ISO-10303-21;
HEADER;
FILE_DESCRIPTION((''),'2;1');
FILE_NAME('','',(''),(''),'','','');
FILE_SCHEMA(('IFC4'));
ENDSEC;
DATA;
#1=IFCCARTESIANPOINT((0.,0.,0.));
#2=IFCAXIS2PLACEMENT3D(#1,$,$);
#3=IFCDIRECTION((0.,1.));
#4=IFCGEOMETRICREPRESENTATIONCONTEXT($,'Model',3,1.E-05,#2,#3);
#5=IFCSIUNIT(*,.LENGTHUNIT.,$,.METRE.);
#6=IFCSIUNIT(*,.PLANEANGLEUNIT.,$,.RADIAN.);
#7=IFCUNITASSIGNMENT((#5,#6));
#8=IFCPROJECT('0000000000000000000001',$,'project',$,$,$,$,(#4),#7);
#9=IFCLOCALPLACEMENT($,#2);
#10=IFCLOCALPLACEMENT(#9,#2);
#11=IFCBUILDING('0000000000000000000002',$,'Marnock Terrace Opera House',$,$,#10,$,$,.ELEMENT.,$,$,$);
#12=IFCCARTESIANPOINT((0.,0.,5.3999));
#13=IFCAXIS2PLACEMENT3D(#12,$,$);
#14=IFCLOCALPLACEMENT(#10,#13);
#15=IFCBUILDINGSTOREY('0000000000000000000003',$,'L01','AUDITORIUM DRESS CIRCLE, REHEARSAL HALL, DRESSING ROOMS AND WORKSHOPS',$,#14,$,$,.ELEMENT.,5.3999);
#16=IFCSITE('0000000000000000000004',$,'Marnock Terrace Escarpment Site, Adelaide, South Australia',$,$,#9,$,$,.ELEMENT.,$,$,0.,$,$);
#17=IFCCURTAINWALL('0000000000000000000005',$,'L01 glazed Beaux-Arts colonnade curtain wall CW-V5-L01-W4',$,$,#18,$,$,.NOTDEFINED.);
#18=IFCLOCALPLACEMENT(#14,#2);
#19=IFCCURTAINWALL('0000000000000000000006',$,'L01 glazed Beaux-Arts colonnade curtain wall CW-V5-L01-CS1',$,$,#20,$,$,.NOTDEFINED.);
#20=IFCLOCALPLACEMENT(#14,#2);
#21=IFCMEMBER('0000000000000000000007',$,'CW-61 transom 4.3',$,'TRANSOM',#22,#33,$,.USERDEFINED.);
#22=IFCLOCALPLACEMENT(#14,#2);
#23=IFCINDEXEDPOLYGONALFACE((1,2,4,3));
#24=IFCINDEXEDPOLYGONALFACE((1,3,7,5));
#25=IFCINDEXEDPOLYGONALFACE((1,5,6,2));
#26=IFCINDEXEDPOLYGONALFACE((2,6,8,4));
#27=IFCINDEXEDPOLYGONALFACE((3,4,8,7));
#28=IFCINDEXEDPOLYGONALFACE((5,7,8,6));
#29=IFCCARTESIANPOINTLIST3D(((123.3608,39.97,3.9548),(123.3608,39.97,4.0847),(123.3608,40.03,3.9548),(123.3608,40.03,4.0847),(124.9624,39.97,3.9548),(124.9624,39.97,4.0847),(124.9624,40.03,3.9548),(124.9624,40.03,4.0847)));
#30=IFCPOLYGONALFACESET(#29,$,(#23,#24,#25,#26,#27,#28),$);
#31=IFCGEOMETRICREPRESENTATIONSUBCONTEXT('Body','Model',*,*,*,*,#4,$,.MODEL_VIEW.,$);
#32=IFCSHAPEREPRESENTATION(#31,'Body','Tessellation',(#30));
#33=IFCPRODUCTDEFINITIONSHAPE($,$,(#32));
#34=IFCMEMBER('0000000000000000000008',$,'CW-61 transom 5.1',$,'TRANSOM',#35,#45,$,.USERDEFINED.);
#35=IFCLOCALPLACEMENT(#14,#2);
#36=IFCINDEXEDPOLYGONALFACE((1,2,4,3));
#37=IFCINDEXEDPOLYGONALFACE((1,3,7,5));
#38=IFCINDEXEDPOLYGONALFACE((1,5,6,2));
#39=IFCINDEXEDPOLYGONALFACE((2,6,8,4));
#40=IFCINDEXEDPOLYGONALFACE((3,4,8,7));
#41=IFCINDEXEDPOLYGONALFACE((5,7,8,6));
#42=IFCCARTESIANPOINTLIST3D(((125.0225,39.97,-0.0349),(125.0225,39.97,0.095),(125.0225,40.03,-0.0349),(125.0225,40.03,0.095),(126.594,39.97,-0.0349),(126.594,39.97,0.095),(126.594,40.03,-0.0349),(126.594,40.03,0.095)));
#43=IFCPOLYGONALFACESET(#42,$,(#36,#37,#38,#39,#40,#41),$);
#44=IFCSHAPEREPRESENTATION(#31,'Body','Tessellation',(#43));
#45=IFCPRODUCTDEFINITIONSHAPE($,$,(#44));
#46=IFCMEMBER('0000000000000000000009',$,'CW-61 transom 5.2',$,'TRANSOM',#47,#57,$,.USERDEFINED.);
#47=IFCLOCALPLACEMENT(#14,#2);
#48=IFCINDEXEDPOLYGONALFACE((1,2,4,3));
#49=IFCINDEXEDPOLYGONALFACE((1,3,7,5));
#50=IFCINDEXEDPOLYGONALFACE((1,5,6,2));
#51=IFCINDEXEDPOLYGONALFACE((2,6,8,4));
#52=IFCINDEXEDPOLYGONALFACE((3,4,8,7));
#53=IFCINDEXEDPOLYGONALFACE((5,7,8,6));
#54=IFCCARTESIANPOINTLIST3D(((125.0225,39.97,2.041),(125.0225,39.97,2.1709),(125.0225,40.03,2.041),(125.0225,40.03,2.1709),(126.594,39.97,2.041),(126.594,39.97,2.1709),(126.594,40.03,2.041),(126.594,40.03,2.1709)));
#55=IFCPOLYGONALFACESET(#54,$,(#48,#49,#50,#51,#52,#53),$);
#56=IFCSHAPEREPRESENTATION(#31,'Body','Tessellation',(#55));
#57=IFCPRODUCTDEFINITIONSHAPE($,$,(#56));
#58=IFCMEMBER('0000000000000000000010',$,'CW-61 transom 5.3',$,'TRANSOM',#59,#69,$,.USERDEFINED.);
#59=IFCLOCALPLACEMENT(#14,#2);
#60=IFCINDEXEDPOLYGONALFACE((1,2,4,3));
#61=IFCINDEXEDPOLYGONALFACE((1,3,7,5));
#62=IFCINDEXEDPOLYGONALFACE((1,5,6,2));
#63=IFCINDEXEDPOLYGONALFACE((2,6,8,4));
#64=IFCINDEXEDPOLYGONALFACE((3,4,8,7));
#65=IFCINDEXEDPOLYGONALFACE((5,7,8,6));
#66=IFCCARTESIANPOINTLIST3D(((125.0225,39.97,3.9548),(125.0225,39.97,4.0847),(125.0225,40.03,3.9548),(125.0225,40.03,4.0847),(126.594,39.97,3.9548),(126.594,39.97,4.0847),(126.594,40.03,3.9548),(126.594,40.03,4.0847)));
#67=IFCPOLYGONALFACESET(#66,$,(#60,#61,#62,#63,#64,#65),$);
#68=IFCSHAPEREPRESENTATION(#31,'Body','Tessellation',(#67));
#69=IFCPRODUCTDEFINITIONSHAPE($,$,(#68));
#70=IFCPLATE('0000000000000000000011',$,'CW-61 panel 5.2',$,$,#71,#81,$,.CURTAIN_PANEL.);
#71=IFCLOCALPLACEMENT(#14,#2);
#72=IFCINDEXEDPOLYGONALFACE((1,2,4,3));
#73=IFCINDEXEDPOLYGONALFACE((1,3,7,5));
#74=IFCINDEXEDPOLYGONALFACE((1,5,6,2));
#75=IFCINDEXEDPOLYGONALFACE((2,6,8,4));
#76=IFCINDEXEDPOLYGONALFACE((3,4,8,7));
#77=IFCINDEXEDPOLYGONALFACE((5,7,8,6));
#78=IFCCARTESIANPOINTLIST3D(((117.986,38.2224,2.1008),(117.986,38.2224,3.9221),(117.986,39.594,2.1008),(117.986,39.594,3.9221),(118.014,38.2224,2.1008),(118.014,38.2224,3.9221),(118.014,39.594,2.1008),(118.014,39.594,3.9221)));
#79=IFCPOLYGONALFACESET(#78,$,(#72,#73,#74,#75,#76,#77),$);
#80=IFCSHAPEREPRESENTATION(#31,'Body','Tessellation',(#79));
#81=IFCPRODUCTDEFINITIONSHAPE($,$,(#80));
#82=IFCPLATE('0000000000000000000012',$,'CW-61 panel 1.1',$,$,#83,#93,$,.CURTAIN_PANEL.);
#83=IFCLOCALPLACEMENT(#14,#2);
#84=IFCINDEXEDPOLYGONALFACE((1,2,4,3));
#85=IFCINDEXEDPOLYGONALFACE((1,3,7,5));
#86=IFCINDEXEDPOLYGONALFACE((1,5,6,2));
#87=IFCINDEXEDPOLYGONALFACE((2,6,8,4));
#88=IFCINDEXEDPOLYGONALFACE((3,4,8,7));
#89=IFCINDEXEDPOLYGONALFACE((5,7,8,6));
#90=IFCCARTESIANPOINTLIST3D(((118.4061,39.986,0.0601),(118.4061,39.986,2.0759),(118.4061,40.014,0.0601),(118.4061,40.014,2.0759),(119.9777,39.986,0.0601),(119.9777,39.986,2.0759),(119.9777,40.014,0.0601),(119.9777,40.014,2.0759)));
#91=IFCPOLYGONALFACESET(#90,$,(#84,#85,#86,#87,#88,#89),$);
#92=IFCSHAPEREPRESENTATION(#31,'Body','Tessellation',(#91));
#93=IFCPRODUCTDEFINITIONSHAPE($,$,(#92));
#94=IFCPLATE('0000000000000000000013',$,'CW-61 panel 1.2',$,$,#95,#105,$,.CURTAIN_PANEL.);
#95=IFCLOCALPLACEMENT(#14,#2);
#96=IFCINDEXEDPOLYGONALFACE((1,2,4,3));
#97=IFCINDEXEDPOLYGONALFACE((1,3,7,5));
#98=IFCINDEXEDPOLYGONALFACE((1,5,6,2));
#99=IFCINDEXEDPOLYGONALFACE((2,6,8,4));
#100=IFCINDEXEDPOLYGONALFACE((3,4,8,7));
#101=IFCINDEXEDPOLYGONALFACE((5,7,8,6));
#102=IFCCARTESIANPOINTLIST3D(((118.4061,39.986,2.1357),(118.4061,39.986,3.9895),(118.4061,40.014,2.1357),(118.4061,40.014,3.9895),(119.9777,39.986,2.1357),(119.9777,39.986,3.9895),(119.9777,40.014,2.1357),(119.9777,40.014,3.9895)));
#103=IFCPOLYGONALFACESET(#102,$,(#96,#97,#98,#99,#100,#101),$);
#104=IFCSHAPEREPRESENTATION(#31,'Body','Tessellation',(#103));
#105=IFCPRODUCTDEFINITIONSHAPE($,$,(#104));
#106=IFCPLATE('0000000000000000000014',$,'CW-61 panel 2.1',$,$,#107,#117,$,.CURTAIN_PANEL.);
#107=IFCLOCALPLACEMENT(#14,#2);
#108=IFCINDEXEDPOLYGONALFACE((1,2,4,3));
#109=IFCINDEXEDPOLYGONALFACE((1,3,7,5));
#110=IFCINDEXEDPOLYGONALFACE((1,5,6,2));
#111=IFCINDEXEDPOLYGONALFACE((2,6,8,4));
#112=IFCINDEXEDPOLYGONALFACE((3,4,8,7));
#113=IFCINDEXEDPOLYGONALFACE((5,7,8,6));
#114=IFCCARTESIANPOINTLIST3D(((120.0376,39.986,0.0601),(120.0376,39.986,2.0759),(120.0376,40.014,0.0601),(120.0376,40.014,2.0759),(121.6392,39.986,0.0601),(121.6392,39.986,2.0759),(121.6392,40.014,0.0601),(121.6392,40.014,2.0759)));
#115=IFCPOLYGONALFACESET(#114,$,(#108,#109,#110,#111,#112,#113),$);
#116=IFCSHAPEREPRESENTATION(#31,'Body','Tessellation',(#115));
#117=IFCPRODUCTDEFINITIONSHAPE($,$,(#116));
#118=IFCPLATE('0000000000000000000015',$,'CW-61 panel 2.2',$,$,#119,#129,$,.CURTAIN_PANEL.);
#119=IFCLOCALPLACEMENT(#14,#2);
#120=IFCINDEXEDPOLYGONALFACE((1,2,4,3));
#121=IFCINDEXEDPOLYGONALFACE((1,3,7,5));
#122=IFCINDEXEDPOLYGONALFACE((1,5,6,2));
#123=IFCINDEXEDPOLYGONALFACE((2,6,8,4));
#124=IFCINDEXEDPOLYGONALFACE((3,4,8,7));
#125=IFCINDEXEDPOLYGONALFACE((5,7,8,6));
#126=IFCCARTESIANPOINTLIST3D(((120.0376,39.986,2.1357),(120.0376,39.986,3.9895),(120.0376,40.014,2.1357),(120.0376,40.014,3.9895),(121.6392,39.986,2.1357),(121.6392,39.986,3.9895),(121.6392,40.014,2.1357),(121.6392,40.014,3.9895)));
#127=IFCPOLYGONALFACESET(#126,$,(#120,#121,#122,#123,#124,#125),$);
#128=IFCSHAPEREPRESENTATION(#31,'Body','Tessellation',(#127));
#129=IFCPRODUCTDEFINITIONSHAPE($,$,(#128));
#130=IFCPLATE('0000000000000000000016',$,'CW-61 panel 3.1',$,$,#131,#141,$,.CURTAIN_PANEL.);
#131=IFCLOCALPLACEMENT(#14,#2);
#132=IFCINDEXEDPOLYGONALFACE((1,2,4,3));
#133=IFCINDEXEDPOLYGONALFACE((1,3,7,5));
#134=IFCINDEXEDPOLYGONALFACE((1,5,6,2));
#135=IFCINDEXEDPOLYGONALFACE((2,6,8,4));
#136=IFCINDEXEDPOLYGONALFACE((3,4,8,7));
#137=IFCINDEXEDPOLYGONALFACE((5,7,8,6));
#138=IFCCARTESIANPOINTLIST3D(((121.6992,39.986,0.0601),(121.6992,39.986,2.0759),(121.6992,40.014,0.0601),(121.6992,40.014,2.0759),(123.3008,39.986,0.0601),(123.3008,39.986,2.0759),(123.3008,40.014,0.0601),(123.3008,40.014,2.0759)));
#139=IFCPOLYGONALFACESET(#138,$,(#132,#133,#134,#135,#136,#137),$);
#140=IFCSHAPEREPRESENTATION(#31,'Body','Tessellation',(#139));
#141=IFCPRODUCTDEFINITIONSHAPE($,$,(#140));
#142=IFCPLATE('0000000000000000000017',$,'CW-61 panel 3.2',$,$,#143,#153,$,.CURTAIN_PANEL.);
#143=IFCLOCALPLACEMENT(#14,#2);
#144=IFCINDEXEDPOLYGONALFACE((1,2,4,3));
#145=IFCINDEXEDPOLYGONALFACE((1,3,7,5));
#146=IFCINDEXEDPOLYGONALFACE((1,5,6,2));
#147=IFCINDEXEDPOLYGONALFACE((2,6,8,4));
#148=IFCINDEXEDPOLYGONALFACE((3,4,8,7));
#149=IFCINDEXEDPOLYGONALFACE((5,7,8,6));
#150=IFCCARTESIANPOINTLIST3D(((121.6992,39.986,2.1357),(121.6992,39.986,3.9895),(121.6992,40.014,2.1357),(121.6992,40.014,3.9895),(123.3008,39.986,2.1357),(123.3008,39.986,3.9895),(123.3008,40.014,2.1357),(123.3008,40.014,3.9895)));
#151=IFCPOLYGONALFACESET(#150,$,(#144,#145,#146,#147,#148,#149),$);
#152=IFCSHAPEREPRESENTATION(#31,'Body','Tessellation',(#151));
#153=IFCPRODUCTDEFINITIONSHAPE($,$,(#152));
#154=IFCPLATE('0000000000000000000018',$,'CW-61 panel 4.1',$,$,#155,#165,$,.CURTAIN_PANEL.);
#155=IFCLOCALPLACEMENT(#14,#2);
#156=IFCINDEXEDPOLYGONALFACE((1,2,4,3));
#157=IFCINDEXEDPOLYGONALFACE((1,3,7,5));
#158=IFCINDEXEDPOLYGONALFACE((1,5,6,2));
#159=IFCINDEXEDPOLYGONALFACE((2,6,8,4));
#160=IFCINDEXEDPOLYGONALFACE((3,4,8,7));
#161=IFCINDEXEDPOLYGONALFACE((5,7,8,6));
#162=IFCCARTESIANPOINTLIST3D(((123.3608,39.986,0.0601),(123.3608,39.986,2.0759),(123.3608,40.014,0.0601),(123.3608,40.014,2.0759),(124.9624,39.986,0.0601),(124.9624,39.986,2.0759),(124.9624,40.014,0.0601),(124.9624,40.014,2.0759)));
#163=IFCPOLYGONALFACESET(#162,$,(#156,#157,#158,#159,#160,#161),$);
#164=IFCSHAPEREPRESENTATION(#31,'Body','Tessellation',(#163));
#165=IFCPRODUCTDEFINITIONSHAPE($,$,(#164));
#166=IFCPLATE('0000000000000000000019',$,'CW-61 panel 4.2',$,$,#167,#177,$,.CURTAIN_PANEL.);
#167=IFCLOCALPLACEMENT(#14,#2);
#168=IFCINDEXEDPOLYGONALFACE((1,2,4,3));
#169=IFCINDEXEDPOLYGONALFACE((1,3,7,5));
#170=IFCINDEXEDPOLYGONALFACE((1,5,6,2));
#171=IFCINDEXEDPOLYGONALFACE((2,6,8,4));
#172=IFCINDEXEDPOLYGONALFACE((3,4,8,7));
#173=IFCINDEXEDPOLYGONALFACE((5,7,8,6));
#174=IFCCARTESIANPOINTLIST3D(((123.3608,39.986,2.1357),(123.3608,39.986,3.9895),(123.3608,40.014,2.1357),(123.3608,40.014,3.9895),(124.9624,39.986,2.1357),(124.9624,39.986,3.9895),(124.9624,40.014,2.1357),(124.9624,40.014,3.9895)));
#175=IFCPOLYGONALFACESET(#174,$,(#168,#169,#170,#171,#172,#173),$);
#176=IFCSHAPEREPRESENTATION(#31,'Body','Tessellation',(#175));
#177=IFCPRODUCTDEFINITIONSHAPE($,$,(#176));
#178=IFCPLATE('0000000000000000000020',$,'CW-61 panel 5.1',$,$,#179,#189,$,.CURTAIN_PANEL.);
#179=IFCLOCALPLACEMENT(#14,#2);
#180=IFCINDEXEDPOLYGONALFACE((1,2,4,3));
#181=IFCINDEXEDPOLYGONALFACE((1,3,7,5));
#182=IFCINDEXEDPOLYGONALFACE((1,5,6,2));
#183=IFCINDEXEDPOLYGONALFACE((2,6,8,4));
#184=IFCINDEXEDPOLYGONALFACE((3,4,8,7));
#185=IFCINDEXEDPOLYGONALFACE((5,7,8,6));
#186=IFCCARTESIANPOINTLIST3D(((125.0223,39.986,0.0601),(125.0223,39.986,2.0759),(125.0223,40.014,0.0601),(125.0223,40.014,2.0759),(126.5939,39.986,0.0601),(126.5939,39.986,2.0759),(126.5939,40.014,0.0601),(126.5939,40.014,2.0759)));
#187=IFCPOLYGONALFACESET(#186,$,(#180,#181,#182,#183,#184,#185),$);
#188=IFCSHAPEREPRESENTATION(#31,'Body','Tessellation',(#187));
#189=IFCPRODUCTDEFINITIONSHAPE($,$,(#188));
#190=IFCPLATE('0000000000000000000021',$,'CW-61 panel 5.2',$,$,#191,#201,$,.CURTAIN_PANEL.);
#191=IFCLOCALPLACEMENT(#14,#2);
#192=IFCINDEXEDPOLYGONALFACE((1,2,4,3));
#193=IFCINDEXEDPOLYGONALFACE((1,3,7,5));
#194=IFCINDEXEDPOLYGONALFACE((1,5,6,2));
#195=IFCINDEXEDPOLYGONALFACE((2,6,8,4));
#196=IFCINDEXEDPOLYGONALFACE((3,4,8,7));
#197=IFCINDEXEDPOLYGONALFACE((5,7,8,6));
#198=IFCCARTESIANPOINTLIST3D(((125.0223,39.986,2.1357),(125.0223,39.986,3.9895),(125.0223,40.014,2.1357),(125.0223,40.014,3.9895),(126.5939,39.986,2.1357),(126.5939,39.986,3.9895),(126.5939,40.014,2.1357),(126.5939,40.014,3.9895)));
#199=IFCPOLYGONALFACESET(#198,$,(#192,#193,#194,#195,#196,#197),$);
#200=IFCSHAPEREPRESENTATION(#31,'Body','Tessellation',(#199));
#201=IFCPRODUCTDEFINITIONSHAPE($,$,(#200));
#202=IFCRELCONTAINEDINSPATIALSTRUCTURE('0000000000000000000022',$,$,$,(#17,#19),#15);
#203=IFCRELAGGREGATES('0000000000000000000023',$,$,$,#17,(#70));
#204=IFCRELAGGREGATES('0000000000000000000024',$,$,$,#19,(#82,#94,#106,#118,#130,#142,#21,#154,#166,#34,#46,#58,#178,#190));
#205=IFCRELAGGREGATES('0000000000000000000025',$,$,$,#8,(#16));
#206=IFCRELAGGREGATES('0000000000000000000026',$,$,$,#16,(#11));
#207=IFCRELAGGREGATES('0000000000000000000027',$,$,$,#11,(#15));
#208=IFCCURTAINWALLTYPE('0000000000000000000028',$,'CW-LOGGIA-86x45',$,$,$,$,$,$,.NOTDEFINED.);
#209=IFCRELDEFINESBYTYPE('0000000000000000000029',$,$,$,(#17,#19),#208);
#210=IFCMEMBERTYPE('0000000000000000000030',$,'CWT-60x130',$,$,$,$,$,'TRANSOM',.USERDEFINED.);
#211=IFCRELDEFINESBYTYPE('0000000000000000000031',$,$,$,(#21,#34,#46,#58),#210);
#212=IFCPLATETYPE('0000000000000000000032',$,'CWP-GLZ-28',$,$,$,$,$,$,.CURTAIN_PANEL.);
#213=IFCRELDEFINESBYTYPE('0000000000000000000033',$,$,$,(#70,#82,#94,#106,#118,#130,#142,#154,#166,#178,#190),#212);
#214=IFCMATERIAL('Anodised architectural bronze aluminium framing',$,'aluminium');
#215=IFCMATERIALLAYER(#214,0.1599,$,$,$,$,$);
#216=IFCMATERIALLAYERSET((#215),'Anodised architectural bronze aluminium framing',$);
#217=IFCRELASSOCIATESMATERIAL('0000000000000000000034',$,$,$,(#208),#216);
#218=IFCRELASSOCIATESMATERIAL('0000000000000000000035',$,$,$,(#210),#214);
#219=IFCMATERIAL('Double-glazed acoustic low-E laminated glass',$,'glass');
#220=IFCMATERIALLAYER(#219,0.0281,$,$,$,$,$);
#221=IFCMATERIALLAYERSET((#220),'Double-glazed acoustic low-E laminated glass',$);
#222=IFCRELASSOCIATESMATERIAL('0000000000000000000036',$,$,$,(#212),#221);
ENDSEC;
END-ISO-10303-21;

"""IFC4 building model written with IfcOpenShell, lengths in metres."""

from ifc_helpers import new_model, si_unit, direction, frame, origin, origin_2d, place, context, subcontext, project, spatial, rectangle, extrude, material, layer, layer_set, material_profile, profile_set, type_object, element, aggregate, save


model = new_model("IFC4")

# Units and contexts
model_context = context("Model", 3, precision=1e-05, world=origin(), true_north=direction((0.0, 1.0)))
body_context = subcontext(model_context, "Body", "Model", "MODEL_VIEW")
ifc_project = project(units=[si_unit("LENGTHUNIT", "METRE"), si_unit("PLANEANGLEUNIT", "RADIAN")], contexts=[model_context])

# Site, building, storey
site_placement = place(None, origin())
site = spatial("IfcSite", under=ifc_project, at=site_placement, Name="Marnock Terrace Escarpment Site, Adelaide, South Australia", CompositionType="ELEMENT", RefElevation=0.0)
building_placement = place(site_placement, origin())
building = spatial("IfcBuilding", under=site, at=building_placement, Name="Marnock Terrace Opera House", CompositionType="ELEMENT")
storey_placement = place(building_placement, frame((0.0, 0.0, 5.3999)))
storey = spatial("IfcBuildingStorey", under=building, at=storey_placement, Name="L01", Description="AUDITORIUM DRESS CIRCLE, REHEARSAL HALL, DRESSING ROOMS AND WORKSHOPS", CompositionType="ELEMENT", Elevation=5.3999)

# Curtain wall
ifc_material_1 = material(Name="Anodised architectural bronze aluminium framing", Category="aluminium")
ifc_layer_1 = layer(ifc_material_1, 0.1599)
ifc_layer_set_1 = layer_set([ifc_layer_1], Name="Anodised architectural bronze aluminium framing")
curtain_wall_type = type_object("IfcCurtainWallType", Name="CW-LOGGIA-86x45", PredefinedType="NOTDEFINED", material=ifc_layer_set_1)
curtain_wall_1_placement = place(storey_placement, origin())
curtain_wall_1 = element("IfcCurtainWall", 1, at=curtain_wall_1_placement, inside=storey, type_object=curtain_wall_type, Name="L01 glazed Beaux-Arts colonnade curtain wall CW-V5-L01-W4", PredefinedType="NOTDEFINED")

# Curtain wall, members
curtain_wall_2_placement = place(storey_placement, origin())
curtain_wall_2 = element("IfcCurtainWall", 2, at=curtain_wall_2_placement, inside=storey, type_object=curtain_wall_type, Name="L01 glazed Beaux-Arts colonnade curtain wall CW-V5-L01-CS1", PredefinedType="NOTDEFINED")
ifc_material_profile_1 = material_profile(ifc_material_1, rectangle(XDim=0.0601, YDim=0.1299, at=origin_2d()))
ifc_profile_set_1 = profile_set([ifc_material_profile_1], Name="Anodised architectural bronze aluminium framing")
member_type_1 = type_object("IfcMemberType", Name="CWT-60x130", ElementType="TRANSOM", PredefinedType="USERDEFINED", material=ifc_profile_set_1)
member_1_placement = place(storey_placement, frame((123.3608, 40.0, 4.0198), z_axis=(1.0, 0.0, 0.0), x_axis=(0.0, 1.0, 0.0)))
member_1 = element("IfcMember", 3, at=member_1_placement, type_object=member_type_1, Name="CW-61 transom 4.3", ObjectType="TRANSOM", PredefinedType="USERDEFINED", context=body_context, shape_type="SweptSolid", body=[
    extrude(rectangle(XDim=0.0601, YDim=0.1299, at=origin_2d()), origin(), (0.0, 0.0, 1.0), 1.6016),
])
member_2_placement = place(storey_placement, frame((125.0225, 40.0, 0.03), z_axis=(1.0, 0.0, 0.0), x_axis=(0.0, 1.0, 0.0)))
member_2 = element("IfcMember", 4, at=member_2_placement, type_object=member_type_1, Name="CW-61 transom 5.1", ObjectType="TRANSOM", PredefinedType="USERDEFINED", context=body_context, shape_type="SweptSolid", body=[
    extrude(rectangle(XDim=0.0601, YDim=0.1299, at=origin_2d()), origin(), (0.0, 0.0, 1.0), 1.5715),
])
member_3_placement = place(storey_placement, frame((125.0225, 40.0, 2.106), z_axis=(1.0, 0.0, 0.0), x_axis=(0.0, 1.0, 0.0)))
member_3 = element("IfcMember", 5, at=member_3_placement, type_object=member_type_1, Name="CW-61 transom 5.2", ObjectType="TRANSOM", PredefinedType="USERDEFINED", context=body_context, shape_type="SweptSolid", body=[
    extrude(rectangle(XDim=0.0601, YDim=0.1299, at=origin_2d()), origin(), (0.0, 0.0, 1.0), 1.5715),
])
member_4_placement = place(storey_placement, frame((125.0225, 40.0, 4.0198), z_axis=(1.0, 0.0, 0.0), x_axis=(0.0, 1.0, 0.0)))
member_4 = element("IfcMember", 6, at=member_4_placement, type_object=member_type_1, Name="CW-61 transom 5.3", ObjectType="TRANSOM", PredefinedType="USERDEFINED", context=body_context, shape_type="SweptSolid", body=[
    extrude(rectangle(XDim=0.0601, YDim=0.1299, at=origin_2d()), origin(), (0.0, 0.0, 1.0), 1.5715),
])

# Plates
ifc_material_2 = material(Name="Double-glazed acoustic low-E laminated glass", Category="glass")
ifc_layer_2 = layer(ifc_material_2, 0.0281)
ifc_layer_set_2 = layer_set([ifc_layer_2], Name="Double-glazed acoustic low-E laminated glass")
plate_type = type_object("IfcPlateType", Name="CWP-GLZ-28", PredefinedType="CURTAIN_PANEL", material=ifc_layer_set_2)
plate_1_placement = place(storey_placement, frame((118.0, 38.9082, 2.1008), z_axis=(0.0, 0.0, 1.0), x_axis=(0.0, 1.0, 0.0)))
plate_1 = element("IfcPlate", 7, at=plate_1_placement, type_object=plate_type, Name="CW-61 panel 5.2", PredefinedType="CURTAIN_PANEL", context=body_context, shape_type="SweptSolid", body=[
    extrude(rectangle(XDim=1.3716, YDim=0.0281, at=origin_2d()), origin(), (0.0, 0.0, 1.0), 1.8213),
])
aggregate(curtain_wall_1, [plate_1])
plate_2_placement = place(storey_placement, frame((119.1919, 40.0, 0.0601), z_axis=(0.0, 0.0, 1.0), x_axis=(1.0, 0.0, 0.0)))
plate_2 = element("IfcPlate", 8, at=plate_2_placement, type_object=plate_type, Name="CW-61 panel 1.1", PredefinedType="CURTAIN_PANEL", context=body_context, shape_type="SweptSolid", body=[
    extrude(rectangle(XDim=1.5715, YDim=0.0281, at=origin_2d()), origin(), (0.0, 0.0, 1.0), 2.0159),
])
plate_3_placement = place(storey_placement, frame((119.1919, 40.0, 2.1357), z_axis=(0.0, 0.0, 1.0), x_axis=(1.0, 0.0, 0.0)))
plate_3 = element("IfcPlate", 9, at=plate_3_placement, type_object=plate_type, Name="CW-61 panel 1.2", PredefinedType="CURTAIN_PANEL", context=body_context, shape_type="SweptSolid", body=[
    extrude(rectangle(XDim=1.5715, YDim=0.0281, at=origin_2d()), origin(), (0.0, 0.0, 1.0), 1.8538),
])
plate_4_placement = place(storey_placement, frame((120.8384, 40.0, 0.0601), z_axis=(0.0, 0.0, 1.0), x_axis=(1.0, 0.0, 0.0)))
plate_4 = element("IfcPlate", 10, at=plate_4_placement, type_object=plate_type, Name="CW-61 panel 2.1", PredefinedType="CURTAIN_PANEL", context=body_context, shape_type="SweptSolid", body=[
    extrude(rectangle(XDim=1.6016, YDim=0.0281, at=origin_2d()), origin(), (0.0, 0.0, 1.0), 2.0159),
])
plate_5_placement = place(storey_placement, frame((120.8384, 40.0, 2.1357), z_axis=(0.0, 0.0, 1.0), x_axis=(1.0, 0.0, 0.0)))
plate_5 = element("IfcPlate", 11, at=plate_5_placement, type_object=plate_type, Name="CW-61 panel 2.2", PredefinedType="CURTAIN_PANEL", context=body_context, shape_type="SweptSolid", body=[
    extrude(rectangle(XDim=1.6016, YDim=0.0281, at=origin_2d()), origin(), (0.0, 0.0, 1.0), 1.8538),
])
plate_6_placement = place(storey_placement, frame((122.5, 40.0, 0.0601), z_axis=(0.0, 0.0, 1.0), x_axis=(1.0, 0.0, 0.0)))
plate_6 = element("IfcPlate", 12, at=plate_6_placement, type_object=plate_type, Name="CW-61 panel 3.1", PredefinedType="CURTAIN_PANEL", context=body_context, shape_type="SweptSolid", body=[
    extrude(rectangle(XDim=1.6016, YDim=0.0281, at=origin_2d()), origin(), (0.0, 0.0, 1.0), 2.0159),
])
plate_7_placement = place(storey_placement, frame((122.5, 40.0, 2.1357), z_axis=(0.0, 0.0, 1.0), x_axis=(1.0, 0.0, 0.0)))
plate_7 = element("IfcPlate", 13, at=plate_7_placement, type_object=plate_type, Name="CW-61 panel 3.2", PredefinedType="CURTAIN_PANEL", context=body_context, shape_type="SweptSolid", body=[
    extrude(rectangle(XDim=1.6016, YDim=0.0281, at=origin_2d()), origin(), (0.0, 0.0, 1.0), 1.8538),
])
plate_8_placement = place(storey_placement, frame((124.1616, 40.0, 0.0601), z_axis=(0.0, 0.0, 1.0), x_axis=(1.0, 0.0, 0.0)))
plate_8 = element("IfcPlate", 14, at=plate_8_placement, type_object=plate_type, Name="CW-61 panel 4.1", PredefinedType="CURTAIN_PANEL", context=body_context, shape_type="SweptSolid", body=[
    extrude(rectangle(XDim=1.6016, YDim=0.0281, at=origin_2d()), origin(), (0.0, 0.0, 1.0), 2.0159),
])
plate_9_placement = place(storey_placement, frame((124.1616, 40.0, 2.1357), z_axis=(0.0, 0.0, 1.0), x_axis=(1.0, 0.0, 0.0)))
plate_9 = element("IfcPlate", 15, at=plate_9_placement, type_object=plate_type, Name="CW-61 panel 4.2", PredefinedType="CURTAIN_PANEL", context=body_context, shape_type="SweptSolid", body=[
    extrude(rectangle(XDim=1.6016, YDim=0.0281, at=origin_2d()), origin(), (0.0, 0.0, 1.0), 1.8538),
])
plate_10_placement = place(storey_placement, frame((125.8081, 40.0, 0.0601), z_axis=(0.0, 0.0, 1.0), x_axis=(1.0, 0.0, 0.0)))
plate_10 = element("IfcPlate", 16, at=plate_10_placement, type_object=plate_type, Name="CW-61 panel 5.1", PredefinedType="CURTAIN_PANEL", context=body_context, shape_type="SweptSolid", body=[
    extrude(rectangle(XDim=1.5715, YDim=0.0281, at=origin_2d()), origin(), (0.0, 0.0, 1.0), 2.0159),
])
plate_11_placement = place(storey_placement, frame((125.8081, 40.0, 2.1357), z_axis=(0.0, 0.0, 1.0), x_axis=(1.0, 0.0, 0.0)))
plate_11 = element("IfcPlate", 17, at=plate_11_placement, type_object=plate_type, Name="CW-61 panel 5.2", PredefinedType="CURTAIN_PANEL", context=body_context, shape_type="SweptSolid", body=[
    extrude(rectangle(XDim=1.5715, YDim=0.0281, at=origin_2d()), origin(), (0.0, 0.0, 1.0), 1.8538),
])
aggregate(curtain_wall_2, [plate_2, plate_3, plate_4, plate_5, plate_6, plate_7, member_1, plate_8, plate_9, member_2, member_3, member_4, plate_10, plate_11])

save(model, "model.ifc")
